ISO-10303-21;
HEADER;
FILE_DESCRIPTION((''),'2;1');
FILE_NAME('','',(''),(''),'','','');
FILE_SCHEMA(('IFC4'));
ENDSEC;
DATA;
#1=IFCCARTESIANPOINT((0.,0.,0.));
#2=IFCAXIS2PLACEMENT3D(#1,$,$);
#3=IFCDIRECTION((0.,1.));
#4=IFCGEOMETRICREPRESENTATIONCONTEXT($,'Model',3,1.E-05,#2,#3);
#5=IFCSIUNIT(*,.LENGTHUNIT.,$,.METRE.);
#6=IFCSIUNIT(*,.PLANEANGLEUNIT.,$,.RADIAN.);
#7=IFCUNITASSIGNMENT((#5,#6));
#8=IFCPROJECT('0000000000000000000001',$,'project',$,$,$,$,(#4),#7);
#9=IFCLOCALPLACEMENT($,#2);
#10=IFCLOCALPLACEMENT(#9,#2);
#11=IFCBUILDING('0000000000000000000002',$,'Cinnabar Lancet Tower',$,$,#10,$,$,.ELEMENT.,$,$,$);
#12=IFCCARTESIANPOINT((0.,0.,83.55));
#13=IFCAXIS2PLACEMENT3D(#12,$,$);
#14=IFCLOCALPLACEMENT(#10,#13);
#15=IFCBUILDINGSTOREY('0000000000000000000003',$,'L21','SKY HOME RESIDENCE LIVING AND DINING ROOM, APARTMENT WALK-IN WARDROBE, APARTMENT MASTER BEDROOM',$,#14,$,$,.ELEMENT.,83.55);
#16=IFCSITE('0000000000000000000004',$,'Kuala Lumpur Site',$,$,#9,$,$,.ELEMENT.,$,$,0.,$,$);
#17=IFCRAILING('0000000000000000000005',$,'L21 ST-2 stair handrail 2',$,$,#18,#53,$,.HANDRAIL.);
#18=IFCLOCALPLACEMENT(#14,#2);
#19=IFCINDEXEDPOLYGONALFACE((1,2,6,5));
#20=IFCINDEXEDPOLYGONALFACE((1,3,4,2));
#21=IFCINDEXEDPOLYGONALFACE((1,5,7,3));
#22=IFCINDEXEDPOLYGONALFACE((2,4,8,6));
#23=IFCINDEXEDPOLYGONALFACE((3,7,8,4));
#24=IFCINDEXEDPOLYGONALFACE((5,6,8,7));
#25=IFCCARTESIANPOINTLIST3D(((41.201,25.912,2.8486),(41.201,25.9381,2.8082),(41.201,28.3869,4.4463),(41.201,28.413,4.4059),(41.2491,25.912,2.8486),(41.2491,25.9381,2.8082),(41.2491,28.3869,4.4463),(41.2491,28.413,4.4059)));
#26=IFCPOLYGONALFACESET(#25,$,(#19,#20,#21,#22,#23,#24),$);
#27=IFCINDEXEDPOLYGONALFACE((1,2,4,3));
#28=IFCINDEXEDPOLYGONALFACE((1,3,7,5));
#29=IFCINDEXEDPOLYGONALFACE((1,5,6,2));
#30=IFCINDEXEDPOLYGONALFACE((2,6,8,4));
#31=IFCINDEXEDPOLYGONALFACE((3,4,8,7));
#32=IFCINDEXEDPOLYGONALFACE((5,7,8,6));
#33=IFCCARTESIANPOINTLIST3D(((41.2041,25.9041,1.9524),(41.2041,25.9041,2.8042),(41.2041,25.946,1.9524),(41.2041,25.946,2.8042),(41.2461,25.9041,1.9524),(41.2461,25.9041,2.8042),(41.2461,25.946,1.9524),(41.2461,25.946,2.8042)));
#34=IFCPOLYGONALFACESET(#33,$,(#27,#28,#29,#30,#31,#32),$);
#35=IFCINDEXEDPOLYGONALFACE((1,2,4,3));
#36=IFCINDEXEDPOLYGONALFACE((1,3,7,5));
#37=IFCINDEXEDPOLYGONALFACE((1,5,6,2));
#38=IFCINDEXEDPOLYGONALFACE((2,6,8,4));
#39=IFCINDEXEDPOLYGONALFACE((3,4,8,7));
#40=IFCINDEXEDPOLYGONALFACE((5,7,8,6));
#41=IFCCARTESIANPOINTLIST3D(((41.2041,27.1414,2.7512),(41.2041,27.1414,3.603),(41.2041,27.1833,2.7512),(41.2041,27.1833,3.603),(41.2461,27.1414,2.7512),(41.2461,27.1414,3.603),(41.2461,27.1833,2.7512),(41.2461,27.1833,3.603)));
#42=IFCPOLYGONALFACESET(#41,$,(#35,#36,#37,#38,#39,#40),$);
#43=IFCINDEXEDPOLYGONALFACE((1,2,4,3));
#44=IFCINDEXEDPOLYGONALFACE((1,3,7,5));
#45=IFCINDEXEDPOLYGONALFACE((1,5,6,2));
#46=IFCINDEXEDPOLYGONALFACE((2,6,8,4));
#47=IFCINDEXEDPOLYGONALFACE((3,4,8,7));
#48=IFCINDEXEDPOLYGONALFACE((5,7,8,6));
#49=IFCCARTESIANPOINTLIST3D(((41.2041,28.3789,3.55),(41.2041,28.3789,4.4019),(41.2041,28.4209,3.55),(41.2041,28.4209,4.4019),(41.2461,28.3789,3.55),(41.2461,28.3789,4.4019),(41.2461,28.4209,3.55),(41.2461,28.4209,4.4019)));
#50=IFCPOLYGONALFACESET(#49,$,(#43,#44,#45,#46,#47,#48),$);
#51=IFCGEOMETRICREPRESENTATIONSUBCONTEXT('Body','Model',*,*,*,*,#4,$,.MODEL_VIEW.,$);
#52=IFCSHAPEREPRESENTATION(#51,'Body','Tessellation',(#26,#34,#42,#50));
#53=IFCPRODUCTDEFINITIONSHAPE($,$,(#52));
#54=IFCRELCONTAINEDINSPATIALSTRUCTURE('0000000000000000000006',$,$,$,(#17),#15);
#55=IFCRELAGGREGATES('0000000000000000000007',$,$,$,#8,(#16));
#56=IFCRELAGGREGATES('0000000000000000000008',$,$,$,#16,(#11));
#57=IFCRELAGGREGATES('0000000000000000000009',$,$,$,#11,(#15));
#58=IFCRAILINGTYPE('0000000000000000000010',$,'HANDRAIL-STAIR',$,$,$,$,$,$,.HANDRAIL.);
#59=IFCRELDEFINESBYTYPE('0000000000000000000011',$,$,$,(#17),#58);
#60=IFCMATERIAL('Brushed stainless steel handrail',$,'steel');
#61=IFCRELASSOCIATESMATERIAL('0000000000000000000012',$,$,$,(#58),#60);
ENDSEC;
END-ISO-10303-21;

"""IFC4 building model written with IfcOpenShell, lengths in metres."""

from ifc_helpers import new_model, si_unit, direction, frame, origin, origin_2d, place, context, subcontext, project, spatial, rectangle, extrude, material, type_object, element, save


model = new_model("IFC4")

# Units and contexts
model_context = context("Model", 3, precision=1e-05, world=origin(), true_north=direction((0.0, 1.0)))
body_context = subcontext(model_context, "Body", "Model", "MODEL_VIEW")
ifc_project = project(units=[si_unit("LENGTHUNIT", "METRE"), si_unit("PLANEANGLEUNIT", "RADIAN")], contexts=[model_context])

# Site, building, storey
site_placement = place(None, origin())
site = spatial("IfcSite", under=ifc_project, at=site_placement, Name="Kuala Lumpur Site", CompositionType="ELEMENT", RefElevation=0.0)
building_placement = place(site_placement, origin())
building = spatial("IfcBuilding", under=site, at=building_placement, Name="Cinnabar Lancet Tower", CompositionType="ELEMENT")
storey_placement = place(building_placement, frame((0.0, 0.0, 83.55)))
storey = spatial("IfcBuildingStorey", under=building, at=storey_placement, Name="L21", Description="SKY HOME RESIDENCE LIVING AND DINING ROOM, APARTMENT WALK-IN WARDROBE, APARTMENT MASTER BEDROOM", CompositionType="ELEMENT", Elevation=83.55)

# Railing
ifc_material_1 = material(Name="Brushed stainless steel handrail", Category="steel")
railing_type_1 = type_object("IfcRailingType", Name="HANDRAIL-STAIR", PredefinedType="HANDRAIL", material=ifc_material_1)
railing_1_placement = place(storey_placement, frame((41.2251, 25.925, 1.9524)))
element("IfcRailing", 1, at=railing_1_placement, inside=storey, type_object=railing_type_1, Name="L21 ST-2 stair handrail 2", PredefinedType="HANDRAIL", context=body_context, shape_type="SweptSolid", body=[
    extrude(rectangle(XDim=0.0481, YDim=0.0481, at=origin_2d()), frame((0.0, 0.0, 0.876), z_axis=(0.0, 0.840146, 0.542361), x_axis=(-1.0, 0.0, 0.0)), (0.0, 0.0, 1.0), 2.9458),
    extrude(rectangle(XDim=0.042, YDim=0.042, at=origin_2d()), origin(), (0.0, 0.0, 1.0), 0.8518),
    extrude(rectangle(XDim=0.042, YDim=0.042, at=origin_2d()), frame((0.0, 1.2373, 0.7988)), (0.0, 0.0, 1.0), 0.8518),
    extrude(rectangle(XDim=0.042, YDim=0.042, at=origin_2d()), frame((0.0, 2.4749, 1.5977)), (0.0, 0.0, 1.0), 0.8518),
])

save(model, "model.ifc")
